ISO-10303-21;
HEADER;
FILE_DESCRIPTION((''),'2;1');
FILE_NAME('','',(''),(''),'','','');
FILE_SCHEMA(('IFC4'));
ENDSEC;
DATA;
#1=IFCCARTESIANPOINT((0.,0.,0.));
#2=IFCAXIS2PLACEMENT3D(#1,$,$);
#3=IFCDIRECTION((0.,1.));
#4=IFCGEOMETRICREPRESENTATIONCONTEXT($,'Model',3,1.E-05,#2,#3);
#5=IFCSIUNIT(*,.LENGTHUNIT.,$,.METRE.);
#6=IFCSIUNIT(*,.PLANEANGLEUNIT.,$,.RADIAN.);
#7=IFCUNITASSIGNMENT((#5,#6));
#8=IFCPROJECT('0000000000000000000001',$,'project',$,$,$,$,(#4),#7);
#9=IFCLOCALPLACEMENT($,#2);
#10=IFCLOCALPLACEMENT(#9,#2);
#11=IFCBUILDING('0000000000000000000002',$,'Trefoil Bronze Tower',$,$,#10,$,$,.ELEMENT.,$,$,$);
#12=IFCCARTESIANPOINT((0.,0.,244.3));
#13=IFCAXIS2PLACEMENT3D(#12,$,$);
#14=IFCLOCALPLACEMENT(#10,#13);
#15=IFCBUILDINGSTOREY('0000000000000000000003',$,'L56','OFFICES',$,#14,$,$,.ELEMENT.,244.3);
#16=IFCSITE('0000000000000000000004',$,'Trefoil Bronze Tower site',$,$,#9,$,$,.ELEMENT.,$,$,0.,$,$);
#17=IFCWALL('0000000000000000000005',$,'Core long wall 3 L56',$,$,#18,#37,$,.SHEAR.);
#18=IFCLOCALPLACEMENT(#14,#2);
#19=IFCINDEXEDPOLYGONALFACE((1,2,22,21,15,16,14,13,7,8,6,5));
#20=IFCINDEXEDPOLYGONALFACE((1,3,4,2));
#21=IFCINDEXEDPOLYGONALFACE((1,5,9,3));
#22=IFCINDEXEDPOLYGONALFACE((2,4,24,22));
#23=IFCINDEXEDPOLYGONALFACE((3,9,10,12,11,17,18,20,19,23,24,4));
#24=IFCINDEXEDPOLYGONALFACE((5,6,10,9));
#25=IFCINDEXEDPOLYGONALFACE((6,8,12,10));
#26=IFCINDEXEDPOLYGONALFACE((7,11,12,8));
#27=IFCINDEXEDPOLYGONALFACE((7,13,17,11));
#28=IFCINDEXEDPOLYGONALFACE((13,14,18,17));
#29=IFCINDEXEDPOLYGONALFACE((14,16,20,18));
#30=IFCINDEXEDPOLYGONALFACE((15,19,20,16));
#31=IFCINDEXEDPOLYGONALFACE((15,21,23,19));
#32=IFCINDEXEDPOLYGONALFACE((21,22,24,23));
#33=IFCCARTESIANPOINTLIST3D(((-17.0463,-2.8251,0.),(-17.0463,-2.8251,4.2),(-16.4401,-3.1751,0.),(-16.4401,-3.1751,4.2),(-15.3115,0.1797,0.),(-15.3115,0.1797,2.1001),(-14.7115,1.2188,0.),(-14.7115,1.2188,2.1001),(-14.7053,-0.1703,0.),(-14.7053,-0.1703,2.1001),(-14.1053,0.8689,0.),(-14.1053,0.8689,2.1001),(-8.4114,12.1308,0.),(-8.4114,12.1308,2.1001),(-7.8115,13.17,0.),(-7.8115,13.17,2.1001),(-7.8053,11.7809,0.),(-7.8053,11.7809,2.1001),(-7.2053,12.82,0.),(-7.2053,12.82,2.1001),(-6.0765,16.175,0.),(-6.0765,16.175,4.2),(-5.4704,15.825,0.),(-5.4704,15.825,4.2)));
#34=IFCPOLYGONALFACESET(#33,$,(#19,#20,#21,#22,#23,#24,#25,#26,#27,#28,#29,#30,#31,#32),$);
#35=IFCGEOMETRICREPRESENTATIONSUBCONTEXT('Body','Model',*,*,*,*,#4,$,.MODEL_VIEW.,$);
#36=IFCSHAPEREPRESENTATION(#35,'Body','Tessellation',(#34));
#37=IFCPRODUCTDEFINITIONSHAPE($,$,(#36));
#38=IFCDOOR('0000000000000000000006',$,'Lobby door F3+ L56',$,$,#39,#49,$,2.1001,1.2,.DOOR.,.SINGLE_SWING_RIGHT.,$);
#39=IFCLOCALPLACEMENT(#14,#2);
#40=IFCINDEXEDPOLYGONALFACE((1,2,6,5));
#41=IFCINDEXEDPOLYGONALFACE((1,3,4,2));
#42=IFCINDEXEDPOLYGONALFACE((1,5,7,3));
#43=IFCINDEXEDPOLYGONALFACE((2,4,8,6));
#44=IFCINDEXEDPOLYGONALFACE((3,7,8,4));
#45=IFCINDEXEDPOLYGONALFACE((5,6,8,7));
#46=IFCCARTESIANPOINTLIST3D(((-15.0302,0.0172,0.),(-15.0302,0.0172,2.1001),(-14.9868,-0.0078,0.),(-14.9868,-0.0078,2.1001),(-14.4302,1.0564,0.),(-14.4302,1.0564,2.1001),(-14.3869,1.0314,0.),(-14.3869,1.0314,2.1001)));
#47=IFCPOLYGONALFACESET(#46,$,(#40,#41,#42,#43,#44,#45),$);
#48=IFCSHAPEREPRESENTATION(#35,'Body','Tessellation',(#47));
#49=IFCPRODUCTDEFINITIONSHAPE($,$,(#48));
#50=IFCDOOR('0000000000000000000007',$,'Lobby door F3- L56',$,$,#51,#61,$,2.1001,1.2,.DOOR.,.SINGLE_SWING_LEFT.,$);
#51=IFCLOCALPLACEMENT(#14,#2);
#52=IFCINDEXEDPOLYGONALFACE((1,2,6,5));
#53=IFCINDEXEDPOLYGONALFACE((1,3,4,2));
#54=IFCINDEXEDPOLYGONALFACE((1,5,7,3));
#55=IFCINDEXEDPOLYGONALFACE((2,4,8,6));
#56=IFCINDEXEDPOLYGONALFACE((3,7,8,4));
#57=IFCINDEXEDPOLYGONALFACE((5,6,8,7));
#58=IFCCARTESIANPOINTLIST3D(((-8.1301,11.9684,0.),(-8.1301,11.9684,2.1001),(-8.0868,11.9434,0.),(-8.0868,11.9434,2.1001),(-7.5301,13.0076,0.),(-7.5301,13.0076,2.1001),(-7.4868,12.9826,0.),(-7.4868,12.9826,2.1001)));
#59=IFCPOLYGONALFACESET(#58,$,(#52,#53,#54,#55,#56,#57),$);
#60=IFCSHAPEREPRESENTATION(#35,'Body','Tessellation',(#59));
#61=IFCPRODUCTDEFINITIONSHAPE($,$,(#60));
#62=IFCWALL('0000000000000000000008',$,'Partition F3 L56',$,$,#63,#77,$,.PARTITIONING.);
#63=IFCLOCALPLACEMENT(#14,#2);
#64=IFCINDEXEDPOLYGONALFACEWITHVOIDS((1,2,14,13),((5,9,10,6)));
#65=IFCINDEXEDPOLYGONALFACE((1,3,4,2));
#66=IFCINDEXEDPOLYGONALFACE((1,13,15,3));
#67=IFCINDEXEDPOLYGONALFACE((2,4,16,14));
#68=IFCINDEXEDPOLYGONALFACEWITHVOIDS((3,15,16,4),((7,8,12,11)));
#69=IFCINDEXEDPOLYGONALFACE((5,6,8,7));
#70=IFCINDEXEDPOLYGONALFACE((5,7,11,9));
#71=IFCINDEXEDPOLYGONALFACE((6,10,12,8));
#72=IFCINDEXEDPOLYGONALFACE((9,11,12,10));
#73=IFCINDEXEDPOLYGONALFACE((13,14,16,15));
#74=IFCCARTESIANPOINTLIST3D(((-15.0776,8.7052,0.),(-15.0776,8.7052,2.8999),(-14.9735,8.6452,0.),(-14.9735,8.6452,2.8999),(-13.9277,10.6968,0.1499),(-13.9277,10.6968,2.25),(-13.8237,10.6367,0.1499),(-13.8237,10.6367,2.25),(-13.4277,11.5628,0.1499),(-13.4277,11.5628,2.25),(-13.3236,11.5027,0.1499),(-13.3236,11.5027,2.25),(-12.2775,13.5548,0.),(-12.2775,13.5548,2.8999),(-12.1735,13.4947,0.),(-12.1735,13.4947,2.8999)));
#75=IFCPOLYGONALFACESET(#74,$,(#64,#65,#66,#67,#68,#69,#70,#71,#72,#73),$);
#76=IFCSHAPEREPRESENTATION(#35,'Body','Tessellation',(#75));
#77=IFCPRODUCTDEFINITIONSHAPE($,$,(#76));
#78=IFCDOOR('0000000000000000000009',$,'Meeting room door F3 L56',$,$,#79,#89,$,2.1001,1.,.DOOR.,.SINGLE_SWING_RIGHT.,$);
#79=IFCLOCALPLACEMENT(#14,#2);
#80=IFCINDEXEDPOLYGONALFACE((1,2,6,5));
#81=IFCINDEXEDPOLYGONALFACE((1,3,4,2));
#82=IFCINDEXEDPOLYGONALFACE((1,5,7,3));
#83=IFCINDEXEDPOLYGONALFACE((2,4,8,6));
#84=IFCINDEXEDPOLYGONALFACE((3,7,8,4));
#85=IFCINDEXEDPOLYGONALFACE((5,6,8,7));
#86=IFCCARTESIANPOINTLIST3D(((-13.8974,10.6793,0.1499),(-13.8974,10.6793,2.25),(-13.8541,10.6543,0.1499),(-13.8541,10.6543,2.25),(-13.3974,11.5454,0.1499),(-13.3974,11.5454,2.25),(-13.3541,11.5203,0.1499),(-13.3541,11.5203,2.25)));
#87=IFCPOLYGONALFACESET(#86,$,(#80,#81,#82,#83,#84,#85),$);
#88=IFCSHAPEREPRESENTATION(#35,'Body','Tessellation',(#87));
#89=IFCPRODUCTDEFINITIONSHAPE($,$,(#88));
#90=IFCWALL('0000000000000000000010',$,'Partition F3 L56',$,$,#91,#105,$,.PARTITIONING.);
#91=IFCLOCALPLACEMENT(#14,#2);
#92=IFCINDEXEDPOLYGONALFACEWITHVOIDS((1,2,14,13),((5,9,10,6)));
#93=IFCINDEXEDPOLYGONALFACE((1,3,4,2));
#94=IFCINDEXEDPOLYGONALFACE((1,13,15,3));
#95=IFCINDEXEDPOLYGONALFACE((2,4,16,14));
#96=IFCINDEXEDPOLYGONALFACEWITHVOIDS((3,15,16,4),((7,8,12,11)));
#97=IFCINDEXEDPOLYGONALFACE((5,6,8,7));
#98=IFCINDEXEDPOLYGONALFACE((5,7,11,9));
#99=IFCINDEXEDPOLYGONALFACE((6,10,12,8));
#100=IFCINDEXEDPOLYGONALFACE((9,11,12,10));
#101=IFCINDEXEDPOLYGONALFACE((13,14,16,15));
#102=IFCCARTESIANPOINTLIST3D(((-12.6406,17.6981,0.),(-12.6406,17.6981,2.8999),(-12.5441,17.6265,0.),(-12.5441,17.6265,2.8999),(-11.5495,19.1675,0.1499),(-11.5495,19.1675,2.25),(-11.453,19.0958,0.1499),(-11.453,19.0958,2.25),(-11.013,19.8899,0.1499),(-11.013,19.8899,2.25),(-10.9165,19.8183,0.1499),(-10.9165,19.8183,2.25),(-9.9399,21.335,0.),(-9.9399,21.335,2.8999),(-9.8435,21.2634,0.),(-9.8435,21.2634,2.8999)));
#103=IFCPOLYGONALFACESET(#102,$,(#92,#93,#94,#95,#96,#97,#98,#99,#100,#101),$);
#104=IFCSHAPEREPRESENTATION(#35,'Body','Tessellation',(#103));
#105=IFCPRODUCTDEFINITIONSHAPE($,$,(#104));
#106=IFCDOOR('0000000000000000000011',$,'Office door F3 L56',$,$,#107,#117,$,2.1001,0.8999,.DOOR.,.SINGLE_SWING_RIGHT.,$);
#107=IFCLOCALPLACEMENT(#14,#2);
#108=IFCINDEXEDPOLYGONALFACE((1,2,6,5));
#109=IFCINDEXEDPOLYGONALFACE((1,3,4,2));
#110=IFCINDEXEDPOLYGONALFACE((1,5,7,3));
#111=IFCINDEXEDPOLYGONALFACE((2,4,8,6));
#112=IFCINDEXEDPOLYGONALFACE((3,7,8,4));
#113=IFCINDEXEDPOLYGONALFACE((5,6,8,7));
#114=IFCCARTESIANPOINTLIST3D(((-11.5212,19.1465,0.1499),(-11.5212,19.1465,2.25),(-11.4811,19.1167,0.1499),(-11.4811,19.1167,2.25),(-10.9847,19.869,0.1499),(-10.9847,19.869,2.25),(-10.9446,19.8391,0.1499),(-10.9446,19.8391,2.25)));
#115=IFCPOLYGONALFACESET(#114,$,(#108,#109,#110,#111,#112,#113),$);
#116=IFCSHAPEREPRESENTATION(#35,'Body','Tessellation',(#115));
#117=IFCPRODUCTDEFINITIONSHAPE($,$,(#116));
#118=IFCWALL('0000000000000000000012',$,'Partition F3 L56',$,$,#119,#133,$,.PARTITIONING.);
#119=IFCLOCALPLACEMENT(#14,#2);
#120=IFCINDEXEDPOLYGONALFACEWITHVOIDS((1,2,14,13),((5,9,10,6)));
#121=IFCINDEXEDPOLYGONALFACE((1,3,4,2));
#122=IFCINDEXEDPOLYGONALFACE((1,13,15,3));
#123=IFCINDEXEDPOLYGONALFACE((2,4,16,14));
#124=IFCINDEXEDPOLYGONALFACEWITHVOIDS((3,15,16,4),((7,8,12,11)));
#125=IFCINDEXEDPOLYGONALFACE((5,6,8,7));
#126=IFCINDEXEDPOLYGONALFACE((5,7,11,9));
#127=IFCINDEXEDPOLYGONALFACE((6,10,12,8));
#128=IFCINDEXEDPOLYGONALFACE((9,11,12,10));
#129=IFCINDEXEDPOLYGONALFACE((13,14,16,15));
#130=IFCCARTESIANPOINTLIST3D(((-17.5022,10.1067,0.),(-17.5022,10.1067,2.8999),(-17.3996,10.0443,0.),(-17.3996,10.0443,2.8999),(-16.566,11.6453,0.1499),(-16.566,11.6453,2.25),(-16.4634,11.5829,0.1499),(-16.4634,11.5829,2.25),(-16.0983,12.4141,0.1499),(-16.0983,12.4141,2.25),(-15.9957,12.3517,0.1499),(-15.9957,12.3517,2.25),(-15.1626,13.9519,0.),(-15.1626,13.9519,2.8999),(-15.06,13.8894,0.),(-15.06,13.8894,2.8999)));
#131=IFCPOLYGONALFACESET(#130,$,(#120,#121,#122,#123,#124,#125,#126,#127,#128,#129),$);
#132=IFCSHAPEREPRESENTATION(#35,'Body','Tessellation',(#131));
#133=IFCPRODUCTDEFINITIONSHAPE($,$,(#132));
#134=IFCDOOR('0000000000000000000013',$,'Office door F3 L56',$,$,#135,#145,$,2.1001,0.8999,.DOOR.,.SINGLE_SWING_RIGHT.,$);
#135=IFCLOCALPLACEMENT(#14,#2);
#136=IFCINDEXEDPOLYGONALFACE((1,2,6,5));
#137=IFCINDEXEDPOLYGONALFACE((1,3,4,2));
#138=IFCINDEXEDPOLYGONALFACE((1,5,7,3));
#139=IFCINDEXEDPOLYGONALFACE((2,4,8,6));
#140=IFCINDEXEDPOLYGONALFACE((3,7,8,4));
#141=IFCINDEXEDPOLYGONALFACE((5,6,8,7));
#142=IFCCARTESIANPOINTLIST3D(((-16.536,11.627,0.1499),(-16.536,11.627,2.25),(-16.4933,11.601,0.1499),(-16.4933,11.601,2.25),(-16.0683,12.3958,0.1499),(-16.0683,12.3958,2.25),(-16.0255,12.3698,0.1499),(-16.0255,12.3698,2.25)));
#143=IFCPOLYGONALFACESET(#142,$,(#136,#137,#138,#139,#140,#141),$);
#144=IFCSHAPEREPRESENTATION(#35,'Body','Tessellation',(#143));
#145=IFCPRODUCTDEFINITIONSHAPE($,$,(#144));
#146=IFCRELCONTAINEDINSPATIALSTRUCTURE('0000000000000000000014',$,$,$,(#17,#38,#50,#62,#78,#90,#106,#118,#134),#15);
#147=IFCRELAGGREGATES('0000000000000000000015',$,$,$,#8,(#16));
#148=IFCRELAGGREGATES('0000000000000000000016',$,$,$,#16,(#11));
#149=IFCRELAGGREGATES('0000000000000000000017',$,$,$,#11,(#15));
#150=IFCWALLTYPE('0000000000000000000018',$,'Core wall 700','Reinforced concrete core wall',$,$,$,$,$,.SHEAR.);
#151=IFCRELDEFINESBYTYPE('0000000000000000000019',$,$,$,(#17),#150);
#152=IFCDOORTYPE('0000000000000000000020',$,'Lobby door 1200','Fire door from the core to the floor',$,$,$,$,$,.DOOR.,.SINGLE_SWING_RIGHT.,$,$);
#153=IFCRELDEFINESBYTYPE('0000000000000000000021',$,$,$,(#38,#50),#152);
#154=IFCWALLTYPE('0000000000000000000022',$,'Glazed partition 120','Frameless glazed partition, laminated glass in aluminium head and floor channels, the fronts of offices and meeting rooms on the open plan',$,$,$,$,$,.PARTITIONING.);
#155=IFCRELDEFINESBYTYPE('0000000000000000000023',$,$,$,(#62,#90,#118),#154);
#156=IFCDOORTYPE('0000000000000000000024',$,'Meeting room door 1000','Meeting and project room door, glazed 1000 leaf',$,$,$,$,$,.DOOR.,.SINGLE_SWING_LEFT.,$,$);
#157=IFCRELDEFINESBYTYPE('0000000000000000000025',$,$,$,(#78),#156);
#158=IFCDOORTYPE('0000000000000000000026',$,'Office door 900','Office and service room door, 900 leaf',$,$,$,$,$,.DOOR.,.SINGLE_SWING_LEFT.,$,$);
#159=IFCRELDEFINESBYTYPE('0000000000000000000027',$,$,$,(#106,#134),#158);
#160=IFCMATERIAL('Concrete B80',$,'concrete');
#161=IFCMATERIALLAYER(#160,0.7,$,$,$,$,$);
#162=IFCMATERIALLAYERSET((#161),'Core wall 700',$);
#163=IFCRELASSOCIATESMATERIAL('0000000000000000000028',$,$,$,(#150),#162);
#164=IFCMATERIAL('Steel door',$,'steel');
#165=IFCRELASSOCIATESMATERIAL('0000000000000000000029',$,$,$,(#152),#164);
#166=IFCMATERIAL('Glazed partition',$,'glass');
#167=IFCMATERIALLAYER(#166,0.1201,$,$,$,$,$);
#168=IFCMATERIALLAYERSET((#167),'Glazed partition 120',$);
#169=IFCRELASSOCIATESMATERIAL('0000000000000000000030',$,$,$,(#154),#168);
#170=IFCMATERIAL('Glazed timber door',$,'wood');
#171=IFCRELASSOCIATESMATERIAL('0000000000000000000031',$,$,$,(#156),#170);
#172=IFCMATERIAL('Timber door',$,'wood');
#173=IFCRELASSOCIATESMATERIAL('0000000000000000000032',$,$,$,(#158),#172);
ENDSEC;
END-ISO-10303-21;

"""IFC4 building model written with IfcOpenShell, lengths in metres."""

from ifc_helpers import new_model, si_unit, direction, frame, frame_2d, origin, place, context, subcontext, project, spatial, rectangle, extrude, material, layer, layer_set, type_object, element, fill, save


model = new_model("IFC4")

# Units and contexts
model_context = context("Model", 3, precision=1e-05, world=origin(), true_north=direction((0.0, 1.0)))
body_context = subcontext(model_context, "Body", "Model", "MODEL_VIEW")
ifc_project = project(units=[si_unit("LENGTHUNIT", "METRE"), si_unit("PLANEANGLEUNIT", "RADIAN")], contexts=[model_context])

# Site, building, storey
site_placement = place(None, origin())
site = spatial("IfcSite", under=ifc_project, at=site_placement, Name="Trefoil Bronze Tower site", CompositionType="ELEMENT", RefElevation=0.0)
building_placement = place(site_placement, origin())
building = spatial("IfcBuilding", under=site, at=building_placement, Name="Trefoil Bronze Tower", CompositionType="ELEMENT")
storey_placement = place(building_placement, frame((0.0, 0.0, 244.3)))
storey = spatial("IfcBuildingStorey", under=building, at=storey_placement, Name="L56", Description="OFFICES", CompositionType="ELEMENT", Elevation=244.3)

# Wall, openings, doors
ifc_material_1 = material(Name="Concrete B80", Category="concrete")
ifc_layer_1 = layer(ifc_material_1, 0.7)
ifc_layer_set_1 = layer_set([ifc_layer_1], Name="Core wall 700")
wall_type_1 = type_object("IfcWallType", Name="Core wall 700", Description="Reinforced concrete core wall", PredefinedType="SHEAR", material=ifc_layer_set_1)
wall_1_placement = place(storey_placement, frame((-5.7734, 16.0, 0.0), z_axis=(0.0, 0.0, 1.0), x_axis=(-0.500002, -0.866024, 0.0)))
wall_1 = element("IfcWall", 1, at=wall_1_placement, inside=storey, type_object=wall_type_1, Name="Core long wall 3 L56", PredefinedType="SHEAR", context=body_context, shape_type="SweptSolid", body=[
    extrude(rectangle(XDim=21.9395, YDim=0.7, at=frame_2d((10.9697, 0.0))), origin(), (0.0, 0.0, 1.0), 4.2),
])
opening_1_placement = place(wall_1_placement, frame((17.2698, 0.0, 0.0)))
opening_1 = element("IfcOpeningElement", 2, at=opening_1_placement, cuts=wall_1, PredefinedType="OPENING", context=body_context, shape_type="SweptSolid", body=[
    extrude(rectangle(XDim=1.2, YDim=2.1001, at=frame_2d((0.6001, 1.05))), frame((0.0, 0.3599, 0.0), z_axis=(0.0, -1.0, 0.0), x_axis=(1.0, 0.0, 0.0)), (0.0, 0.0, 1.0), 0.72),
])
opening_2_placement = place(wall_1_placement, frame((3.4697, 0.0, 0.0)))
opening_2 = element("IfcOpeningElement", 3, at=opening_2_placement, cuts=wall_1, PredefinedType="OPENING", context=body_context, shape_type="SweptSolid", body=[
    extrude(rectangle(XDim=1.2, YDim=2.1001, at=frame_2d((0.6001, 1.05))), frame((0.0, 0.3599, 0.0), z_axis=(0.0, -1.0, 0.0), x_axis=(1.0, 0.0, 0.0)), (0.0, 0.0, 1.0), 0.72),
])
ifc_material_2 = material(Name="Steel door", Category="steel")
door_type_1 = type_object("IfcDoorType", Name="Lobby door 1200", Description="Fire door from the core to the floor", OperationType="SINGLE_SWING_RIGHT", PredefinedType="DOOR", material=ifc_material_2)
door_1_placement = place(opening_1_placement, origin())
door_1 = element("IfcDoor", 4, at=door_1_placement, inside=storey, type_object=door_type_1, Name="Lobby door F3+ L56", OperationType="SINGLE_SWING_RIGHT", OverallHeight=2.1001, OverallWidth=1.2, PredefinedType="DOOR", context=body_context, shape_type="SweptSolid", body=[
    extrude(rectangle(XDim=1.2, YDim=2.1001, at=frame_2d((0.6001, 1.05))), frame((0.0, 0.0249, 0.0), z_axis=(0.0, -1.0, 0.0), x_axis=(1.0, 0.0, 0.0)), (0.0, 0.0, 1.0), 0.05),
])
fill(opening_1, door_1)
door_2_placement = place(opening_2_placement, origin())
door_2 = element("IfcDoor", 5, at=door_2_placement, inside=storey, type_object=door_type_1, Name="Lobby door F3- L56", OperationType="SINGLE_SWING_LEFT", OverallHeight=2.1001, OverallWidth=1.2, PredefinedType="DOOR", context=body_context, shape_type="SweptSolid", body=[
    extrude(rectangle(XDim=1.2, YDim=2.1001, at=frame_2d((0.6001, 1.05))), frame((0.0, 0.0249, 0.0), z_axis=(0.0, -1.0, 0.0), x_axis=(1.0, 0.0, 0.0)), (0.0, 0.0, 1.0), 0.05),
])
fill(opening_2, door_2)

# Walls, openings, doors
ifc_material_3 = material(Name="Glazed partition", Category="glass")
ifc_layer_2 = layer(ifc_material_3, 0.1201)
ifc_layer_set_2 = layer_set([ifc_layer_2], Name="Glazed partition 120")
wall_type_2 = type_object("IfcWallType", Name="Glazed partition 120", Description="Frameless glazed partition, laminated glass in aluminium head and floor channels, the fronts of offices and meeting rooms on the open plan", PredefinedType="PARTITIONING", material=ifc_layer_set_2)
wall_2_placement = place(storey_placement, frame((-12.2256, 13.5247, 0.0), z_axis=(0.0, 0.0, 1.0), x_axis=(-0.500017, -0.866016, 0.0)))
wall_2 = element("IfcWall", 6, at=wall_2_placement, inside=storey, type_object=wall_type_2, Name="Partition F3 L56", PredefinedType="PARTITIONING", context=body_context, shape_type="SweptSolid", body=[
    extrude(rectangle(XDim=5.5999, YDim=0.1201, at=frame_2d((2.7998, 0.0))), origin(), (0.0, 0.0, 1.0), 2.8999),
])
opening_3_placement = place(wall_2_placement, frame((2.3, 0.0, 0.1499)))
opening_3 = element("IfcOpeningElement", 7, at=opening_3_placement, cuts=wall_2, PredefinedType="OPENING", context=body_context, shape_type="SweptSolid", body=[
    extrude(rectangle(XDim=1.0, YDim=2.1001, at=frame_2d((0.5, 1.05))), frame((0.0, 0.0701, 0.0), z_axis=(0.0, -1.0, 0.0), x_axis=(1.0, 0.0, 0.0)), (0.0, 0.0, 1.0), 0.1401),
])
ifc_material_4 = material(Name="Glazed timber door", Category="wood")
door_type_2 = type_object("IfcDoorType", Name="Meeting room door 1000", Description="Meeting and project room door, glazed 1000 leaf", OperationType="SINGLE_SWING_LEFT", PredefinedType="DOOR", material=ifc_material_4)
door_3_placement = place(opening_3_placement, origin())
door_3 = element("IfcDoor", 8, at=door_3_placement, inside=storey, type_object=door_type_2, Name="Meeting room door F3 L56", OperationType="SINGLE_SWING_RIGHT", OverallHeight=2.1001, OverallWidth=1.0, PredefinedType="DOOR", context=body_context, shape_type="SweptSolid", body=[
    extrude(rectangle(XDim=1.0, YDim=2.1001, at=frame_2d((0.5, 1.05))), frame((0.0, 0.0249, 0.0), z_axis=(0.0, -1.0, 0.0), x_axis=(1.0, 0.0, 0.0)), (0.0, 0.0, 1.0), 0.05),
])
fill(opening_3, door_3)
wall_3_placement = place(storey_placement, frame((-9.8916, 21.2993, 0.0), z_axis=(0.0, 0.0, 1.0), x_axis=(-0.596173, -0.802856, 0.0)))
wall_3 = element("IfcWall", 9, at=wall_3_placement, inside=storey, type_object=wall_type_2, Name="Partition F3 L56", PredefinedType="PARTITIONING", context=body_context, shape_type="SweptSolid", body=[
    extrude(rectangle(XDim=4.53, YDim=0.1201, at=frame_2d((2.2651, 0.0))), origin(), (0.0, 0.0, 1.0), 2.8999),
])
opening_4_placement = place(wall_3_placement, frame((1.8, 0.0, 0.1499)))
opening_4 = element("IfcOpeningElement", 10, at=opening_4_placement, cuts=wall_3, PredefinedType="OPENING", context=body_context, shape_type="SweptSolid", body=[
    extrude(rectangle(XDim=0.8999, YDim=2.1001, at=frame_2d((0.45, 1.05))), frame((0.0, 0.0701, 0.0), z_axis=(0.0, -1.0, 0.0), x_axis=(1.0, 0.0, 0.0)), (0.0, 0.0, 1.0), 0.1401),
])
ifc_material_5 = material(Name="Timber door", Category="wood")
door_type_3 = type_object("IfcDoorType", Name="Office door 900", Description="Office and service room door, 900 leaf", OperationType="SINGLE_SWING_LEFT", PredefinedType="DOOR", material=ifc_material_5)
door_4_placement = place(opening_4_placement, frame((0.8999, 0.0, 0.0), z_axis=(0.0, 0.0, 1.0), x_axis=(-1.0, 0.0, 0.0)))
door_4 = element("IfcDoor", 11, at=door_4_placement, inside=storey, type_object=door_type_3, Name="Office door F3 L56", OperationType="SINGLE_SWING_RIGHT", OverallHeight=2.1001, OverallWidth=0.8999, PredefinedType="DOOR", context=body_context, shape_type="SweptSolid", body=[
    extrude(rectangle(XDim=0.8999, YDim=2.1001, at=frame_2d((0.45, 1.05))), frame((0.0, 0.0249, 0.0), z_axis=(0.0, -1.0, 0.0), x_axis=(1.0, 0.0, 0.0)), (0.0, 0.0, 1.0), 0.05),
])
fill(opening_4, door_4)
wall_4_placement = place(storey_placement, frame((-15.1113, 13.9207, 0.0), z_axis=(0.0, 0.0, 1.0), x_axis=(-0.51979, -0.854294, 0.0)))
wall_4 = element("IfcWall", 12, at=wall_4_placement, inside=storey, type_object=wall_type_2, Name="Partition F3 L56", PredefinedType="PARTITIONING", context=body_context, shape_type="SweptSolid", body=[
    extrude(rectangle(XDim=4.501, YDim=0.1201, at=frame_2d((2.2505, 0.0))), origin(), (0.0, 0.0, 1.0), 2.8999),
])
opening_5_placement = place(wall_4_placement, frame((1.8, 0.0, 0.1499)))
opening_5 = element("IfcOpeningElement", 13, at=opening_5_placement, cuts=wall_4, PredefinedType="OPENING", context=body_context, shape_type="SweptSolid", body=[
    extrude(rectangle(XDim=0.8999, YDim=2.1001, at=frame_2d((0.45, 1.05))), frame((0.0, 0.0701, 0.0), z_axis=(0.0, -1.0, 0.0), x_axis=(1.0, 0.0, 0.0)), (0.0, 0.0, 1.0), 0.1401),
])
door_5_placement = place(opening_5_placement, frame((0.8999, 0.0, 0.0), z_axis=(0.0, 0.0, 1.0), x_axis=(-1.0, 0.0, 0.0)))
door_5 = element("IfcDoor", 14, at=door_5_placement, inside=storey, type_object=door_type_3, Name="Office door F3 L56", OperationType="SINGLE_SWING_RIGHT", OverallHeight=2.1001, OverallWidth=0.8999, PredefinedType="DOOR", context=body_context, shape_type="SweptSolid", body=[
    extrude(rectangle(XDim=0.8999, YDim=2.1001, at=frame_2d((0.45, 1.05))), frame((0.0, 0.0249, 0.0), z_axis=(0.0, -1.0, 0.0), x_axis=(1.0, 0.0, 0.0)), (0.0, 0.0, 1.0), 0.05),
])
fill(opening_5, door_5)

save(model, "model.ifc")
